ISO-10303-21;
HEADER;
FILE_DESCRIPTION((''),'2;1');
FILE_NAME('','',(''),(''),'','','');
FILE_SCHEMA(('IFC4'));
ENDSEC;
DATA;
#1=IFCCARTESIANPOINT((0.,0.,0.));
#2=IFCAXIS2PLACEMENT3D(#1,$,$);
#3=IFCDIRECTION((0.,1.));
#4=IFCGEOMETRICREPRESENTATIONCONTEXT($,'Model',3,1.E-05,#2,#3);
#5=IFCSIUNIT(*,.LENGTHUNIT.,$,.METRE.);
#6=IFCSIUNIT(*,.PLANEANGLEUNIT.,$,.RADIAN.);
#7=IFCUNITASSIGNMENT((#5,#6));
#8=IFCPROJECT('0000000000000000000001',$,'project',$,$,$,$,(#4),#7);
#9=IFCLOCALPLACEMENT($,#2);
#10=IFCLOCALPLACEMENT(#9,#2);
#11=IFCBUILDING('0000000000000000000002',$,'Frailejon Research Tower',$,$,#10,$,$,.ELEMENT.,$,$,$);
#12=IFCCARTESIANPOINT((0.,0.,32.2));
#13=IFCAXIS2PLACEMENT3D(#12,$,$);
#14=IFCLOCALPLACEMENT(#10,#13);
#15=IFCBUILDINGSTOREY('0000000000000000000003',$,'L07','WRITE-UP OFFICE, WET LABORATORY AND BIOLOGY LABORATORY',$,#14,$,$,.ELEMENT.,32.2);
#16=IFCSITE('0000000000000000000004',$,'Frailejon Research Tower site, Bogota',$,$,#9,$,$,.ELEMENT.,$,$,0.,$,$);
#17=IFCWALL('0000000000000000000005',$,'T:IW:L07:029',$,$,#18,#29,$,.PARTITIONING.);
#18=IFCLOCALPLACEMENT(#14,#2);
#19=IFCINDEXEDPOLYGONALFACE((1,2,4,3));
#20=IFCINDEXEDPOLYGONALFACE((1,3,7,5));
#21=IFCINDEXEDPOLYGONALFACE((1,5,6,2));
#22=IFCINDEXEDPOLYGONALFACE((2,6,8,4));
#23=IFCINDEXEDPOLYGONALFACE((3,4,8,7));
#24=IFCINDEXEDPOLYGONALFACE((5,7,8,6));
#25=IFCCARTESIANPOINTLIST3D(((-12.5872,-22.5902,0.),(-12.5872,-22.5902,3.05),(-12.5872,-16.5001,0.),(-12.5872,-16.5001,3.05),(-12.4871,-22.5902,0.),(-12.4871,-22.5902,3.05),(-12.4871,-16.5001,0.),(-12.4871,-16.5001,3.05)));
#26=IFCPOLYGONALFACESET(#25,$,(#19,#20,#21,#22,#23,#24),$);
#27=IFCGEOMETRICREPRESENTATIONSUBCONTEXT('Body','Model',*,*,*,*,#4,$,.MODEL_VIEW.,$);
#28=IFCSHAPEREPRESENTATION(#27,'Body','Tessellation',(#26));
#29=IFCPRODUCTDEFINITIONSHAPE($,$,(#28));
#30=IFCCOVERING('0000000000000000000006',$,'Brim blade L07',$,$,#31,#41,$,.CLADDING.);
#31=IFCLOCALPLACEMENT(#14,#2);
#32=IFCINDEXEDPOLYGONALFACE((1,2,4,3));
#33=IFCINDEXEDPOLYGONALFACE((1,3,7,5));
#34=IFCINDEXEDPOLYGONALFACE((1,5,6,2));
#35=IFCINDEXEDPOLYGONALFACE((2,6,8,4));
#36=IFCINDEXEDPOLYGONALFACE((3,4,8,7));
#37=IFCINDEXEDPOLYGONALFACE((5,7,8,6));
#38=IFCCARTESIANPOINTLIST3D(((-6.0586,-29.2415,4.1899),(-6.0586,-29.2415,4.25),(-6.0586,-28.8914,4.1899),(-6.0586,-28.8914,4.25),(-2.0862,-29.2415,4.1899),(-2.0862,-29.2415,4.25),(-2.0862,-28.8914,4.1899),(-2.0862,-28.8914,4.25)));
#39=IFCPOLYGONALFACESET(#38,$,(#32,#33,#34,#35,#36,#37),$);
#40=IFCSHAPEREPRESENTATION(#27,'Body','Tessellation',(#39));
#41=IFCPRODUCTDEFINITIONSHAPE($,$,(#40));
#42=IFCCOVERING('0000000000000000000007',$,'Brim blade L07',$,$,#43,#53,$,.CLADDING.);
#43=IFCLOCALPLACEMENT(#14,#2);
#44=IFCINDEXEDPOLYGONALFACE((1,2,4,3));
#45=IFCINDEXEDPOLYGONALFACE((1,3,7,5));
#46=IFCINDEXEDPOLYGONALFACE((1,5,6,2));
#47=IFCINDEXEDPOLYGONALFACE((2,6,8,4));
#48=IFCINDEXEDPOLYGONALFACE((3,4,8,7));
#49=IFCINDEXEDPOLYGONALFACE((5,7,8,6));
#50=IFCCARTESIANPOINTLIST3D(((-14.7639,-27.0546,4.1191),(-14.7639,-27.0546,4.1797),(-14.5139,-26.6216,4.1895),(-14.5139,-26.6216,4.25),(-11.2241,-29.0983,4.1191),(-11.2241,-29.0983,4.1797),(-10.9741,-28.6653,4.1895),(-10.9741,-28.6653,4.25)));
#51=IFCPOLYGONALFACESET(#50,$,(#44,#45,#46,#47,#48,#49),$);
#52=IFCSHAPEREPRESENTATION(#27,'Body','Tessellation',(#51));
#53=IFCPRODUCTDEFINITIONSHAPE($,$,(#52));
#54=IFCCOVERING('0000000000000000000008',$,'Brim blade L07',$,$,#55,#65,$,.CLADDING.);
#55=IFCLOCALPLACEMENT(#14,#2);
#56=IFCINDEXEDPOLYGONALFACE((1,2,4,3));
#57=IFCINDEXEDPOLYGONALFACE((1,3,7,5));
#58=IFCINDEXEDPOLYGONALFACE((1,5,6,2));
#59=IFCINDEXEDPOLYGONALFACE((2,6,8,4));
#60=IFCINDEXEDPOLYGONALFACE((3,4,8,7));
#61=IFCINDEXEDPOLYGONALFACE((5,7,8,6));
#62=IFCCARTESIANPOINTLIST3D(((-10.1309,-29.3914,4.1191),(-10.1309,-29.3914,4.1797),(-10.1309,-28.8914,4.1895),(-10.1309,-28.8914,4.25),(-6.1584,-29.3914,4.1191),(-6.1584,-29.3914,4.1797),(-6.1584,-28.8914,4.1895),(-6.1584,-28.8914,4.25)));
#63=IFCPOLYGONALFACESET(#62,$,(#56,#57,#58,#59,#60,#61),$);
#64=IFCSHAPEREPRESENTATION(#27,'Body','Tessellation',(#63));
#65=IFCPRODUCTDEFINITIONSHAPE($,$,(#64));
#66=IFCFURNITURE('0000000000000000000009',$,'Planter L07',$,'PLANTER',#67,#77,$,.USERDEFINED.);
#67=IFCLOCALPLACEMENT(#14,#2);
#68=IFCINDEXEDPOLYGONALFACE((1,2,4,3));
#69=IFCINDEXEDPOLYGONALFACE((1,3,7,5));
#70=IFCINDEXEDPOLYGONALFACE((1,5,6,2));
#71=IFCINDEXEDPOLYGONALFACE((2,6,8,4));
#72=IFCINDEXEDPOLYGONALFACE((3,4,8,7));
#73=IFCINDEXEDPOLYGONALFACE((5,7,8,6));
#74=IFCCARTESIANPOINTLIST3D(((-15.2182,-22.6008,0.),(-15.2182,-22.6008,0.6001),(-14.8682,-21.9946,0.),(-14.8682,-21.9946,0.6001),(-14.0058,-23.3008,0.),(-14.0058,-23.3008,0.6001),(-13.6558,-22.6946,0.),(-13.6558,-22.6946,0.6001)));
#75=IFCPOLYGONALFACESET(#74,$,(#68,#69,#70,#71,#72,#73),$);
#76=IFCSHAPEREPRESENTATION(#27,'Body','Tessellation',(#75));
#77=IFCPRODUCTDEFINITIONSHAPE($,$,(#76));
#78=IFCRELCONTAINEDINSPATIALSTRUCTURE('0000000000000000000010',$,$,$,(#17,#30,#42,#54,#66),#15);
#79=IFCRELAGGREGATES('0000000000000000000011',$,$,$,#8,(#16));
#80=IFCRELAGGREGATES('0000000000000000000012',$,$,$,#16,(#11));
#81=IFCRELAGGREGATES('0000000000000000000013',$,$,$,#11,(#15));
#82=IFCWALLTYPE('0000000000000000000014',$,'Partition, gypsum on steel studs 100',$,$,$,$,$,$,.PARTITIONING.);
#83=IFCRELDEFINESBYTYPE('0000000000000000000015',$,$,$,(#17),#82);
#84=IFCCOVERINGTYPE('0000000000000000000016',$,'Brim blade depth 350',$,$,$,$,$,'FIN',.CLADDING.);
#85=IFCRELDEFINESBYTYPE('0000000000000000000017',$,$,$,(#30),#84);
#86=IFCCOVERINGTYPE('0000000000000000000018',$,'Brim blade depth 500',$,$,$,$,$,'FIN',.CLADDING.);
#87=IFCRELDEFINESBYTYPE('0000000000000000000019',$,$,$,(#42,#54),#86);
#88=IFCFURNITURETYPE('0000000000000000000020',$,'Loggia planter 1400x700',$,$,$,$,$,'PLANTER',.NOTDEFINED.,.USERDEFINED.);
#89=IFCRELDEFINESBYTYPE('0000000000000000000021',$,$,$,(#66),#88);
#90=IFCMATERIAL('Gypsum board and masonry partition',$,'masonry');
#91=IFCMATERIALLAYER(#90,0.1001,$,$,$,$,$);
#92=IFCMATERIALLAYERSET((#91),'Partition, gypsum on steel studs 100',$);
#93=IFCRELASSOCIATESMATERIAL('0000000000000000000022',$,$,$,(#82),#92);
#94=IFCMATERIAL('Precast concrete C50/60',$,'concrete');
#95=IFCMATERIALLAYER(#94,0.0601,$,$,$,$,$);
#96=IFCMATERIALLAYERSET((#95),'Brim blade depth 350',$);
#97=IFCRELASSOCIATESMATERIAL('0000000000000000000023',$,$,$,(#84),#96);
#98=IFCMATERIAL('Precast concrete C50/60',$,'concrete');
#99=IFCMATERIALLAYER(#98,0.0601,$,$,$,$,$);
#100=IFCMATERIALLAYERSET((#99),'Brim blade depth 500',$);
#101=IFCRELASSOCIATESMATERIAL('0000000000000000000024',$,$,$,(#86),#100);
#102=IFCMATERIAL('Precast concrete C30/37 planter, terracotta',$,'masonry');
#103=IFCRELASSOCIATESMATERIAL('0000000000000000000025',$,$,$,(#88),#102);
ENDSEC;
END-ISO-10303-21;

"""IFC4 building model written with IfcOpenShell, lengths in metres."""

from ifc_helpers import new_model, si_unit, direction, frame, frame_2d, origin, origin_2d, place, context, subcontext, project, spatial, polyline, rectangle, outline, extrude, material, layer, layer_set, type_object, element, save


model = new_model("IFC4")

# Units and contexts
model_context = context("Model", 3, precision=1e-05, world=origin(), true_north=direction((0.0, 1.0)))
body_context = subcontext(model_context, "Body", "Model", "MODEL_VIEW")
ifc_project = project(units=[si_unit("LENGTHUNIT", "METRE"), si_unit("PLANEANGLEUNIT", "RADIAN")], contexts=[model_context])

# Site, building, storey
site_placement = place(None, origin())
site = spatial("IfcSite", under=ifc_project, at=site_placement, Name="Frailejon Research Tower site, Bogota", CompositionType="ELEMENT", RefElevation=0.0)
building_placement = place(site_placement, origin())
building = spatial("IfcBuilding", under=site, at=building_placement, Name="Frailejon Research Tower", CompositionType="ELEMENT")
storey_placement = place(building_placement, frame((0.0, 0.0, 32.2)))
storey = spatial("IfcBuildingStorey", under=building, at=storey_placement, Name="L07", Description="WRITE-UP OFFICE, WET LABORATORY AND BIOLOGY LABORATORY", CompositionType="ELEMENT", Elevation=32.2)

# Wall
ifc_material_1 = material(Name="Gypsum board and masonry partition", Category="masonry")
ifc_layer_1 = layer(ifc_material_1, 0.1001)
ifc_layer_set_1 = layer_set([ifc_layer_1], Name="Partition, gypsum on steel studs 100")
wall_type_1 = type_object("IfcWallType", Name="Partition, gypsum on steel studs 100", PredefinedType="PARTITIONING", material=ifc_layer_set_1)
wall_1_placement = place(storey_placement, frame((-12.5371, -22.5901, 0.0), z_axis=(0.0, 0.0, 1.0), x_axis=(0.0, 1.0, 0.0)))
element("IfcWall", 1, at=wall_1_placement, inside=storey, type_object=wall_type_1, Name="T:IW:L07:029", PredefinedType="PARTITIONING", context=body_context, shape_type="SweptSolid", body=[
    extrude(rectangle(XDim=6.0901, YDim=0.1001, at=frame_2d((3.0449, 0.0))), origin(), (0.0, 0.0, 1.0), 3.05),
])

# Coverings
ifc_material_2 = material(Name="Precast concrete C50/60", Category="concrete")
ifc_layer_2 = layer(ifc_material_2, 0.0601)
ifc_layer_set_2 = layer_set([ifc_layer_2], Name="Brim blade depth 350")
covering_type_1 = type_object("IfcCoveringType", Name="Brim blade depth 350", ElementType="FIN", PredefinedType="CLADDING", material=ifc_layer_set_2)
covering_1_placement = place(storey_placement, frame((-2.0862, -28.8914, 4.25), z_axis=(-1.0, 0.0, 0.0), x_axis=(0.0, -1.0, 0.0)))
element("IfcCovering", 2, at=covering_1_placement, inside=storey, type_object=covering_type_1, Name="Brim blade L07", PredefinedType="CLADDING", context=body_context, shape_type="SweptSolid", body=[
    extrude(outline(polyline([(0.0, -0.0601), (0.3501, -0.0601), (0.3501, 0.0), (0.0, 0.0), (0.0, -0.0601)])), origin(), (0.0, 0.0, 1.0), 3.9724),
])
ifc_material_3 = material(Name="Precast concrete C50/60", Category="concrete")
ifc_layer_3 = layer(ifc_material_3, 0.0601)
ifc_layer_set_3 = layer_set([ifc_layer_3], Name="Brim blade depth 500")
covering_type_2 = type_object("IfcCoveringType", Name="Brim blade depth 500", ElementType="FIN", PredefinedType="CLADDING", material=ifc_layer_set_3)
covering_2_placement = place(storey_placement, frame((-10.9741, -28.6653, 4.25), z_axis=(-0.866021, 0.500007, 0.0), x_axis=(-0.500007, -0.866021, 0.0)))
element("IfcCovering", 3, at=covering_2_placement, inside=storey, type_object=covering_type_2, Name="Brim blade L07", PredefinedType="CLADDING", context=body_context, shape_type="SweptSolid", body=[
    extrude(outline(polyline([(0.0, -0.0605), (0.5, -0.1309), (0.5, -0.0703), (0.0, 0.0), (0.0, -0.0605)])), origin(), (0.0, 0.0, 1.0), 4.0874),
])
covering_3_placement = place(storey_placement, frame((-6.1584, -28.8914, 4.25), z_axis=(-1.0, 0.0, 0.0), x_axis=(0.0, -1.0, 0.0)))
element("IfcCovering", 4, at=covering_3_placement, inside=storey, type_object=covering_type_2, Name="Brim blade L07", PredefinedType="CLADDING", context=body_context, shape_type="SweptSolid", body=[
    extrude(outline(polyline([(0.0, -0.0605), (0.5, -0.1309), (0.5, -0.0703), (0.0, 0.0), (0.0, -0.0605)])), origin(), (0.0, 0.0, 1.0), 3.9724),
])

# Furniture
ifc_material_4 = material(Name="Precast concrete C30/37 planter, terracotta", Category="masonry")
furniture_type = type_object("IfcFurnitureType", Name="Loggia planter 1400x700", ElementType="PLANTER", AssemblyPlace="NOTDEFINED", PredefinedType="USERDEFINED", material=ifc_material_4)
furniture_placement = place(storey_placement, frame((-14.437, -22.6477, 0.0), z_axis=(0.0, 0.0, 1.0), x_axis=(0.866025, -0.5, 0.0)))
element("IfcFurniture", 5, at=furniture_placement, inside=storey, type_object=furniture_type, Name="Planter L07", ObjectType="PLANTER", PredefinedType="USERDEFINED", context=body_context, shape_type="SweptSolid", body=[
    extrude(rectangle(XDim=1.3999, YDim=0.7, at=origin_2d()), origin(), (0.0, 0.0, 1.0), 0.6001),
])

save(model, "model.ifc")
